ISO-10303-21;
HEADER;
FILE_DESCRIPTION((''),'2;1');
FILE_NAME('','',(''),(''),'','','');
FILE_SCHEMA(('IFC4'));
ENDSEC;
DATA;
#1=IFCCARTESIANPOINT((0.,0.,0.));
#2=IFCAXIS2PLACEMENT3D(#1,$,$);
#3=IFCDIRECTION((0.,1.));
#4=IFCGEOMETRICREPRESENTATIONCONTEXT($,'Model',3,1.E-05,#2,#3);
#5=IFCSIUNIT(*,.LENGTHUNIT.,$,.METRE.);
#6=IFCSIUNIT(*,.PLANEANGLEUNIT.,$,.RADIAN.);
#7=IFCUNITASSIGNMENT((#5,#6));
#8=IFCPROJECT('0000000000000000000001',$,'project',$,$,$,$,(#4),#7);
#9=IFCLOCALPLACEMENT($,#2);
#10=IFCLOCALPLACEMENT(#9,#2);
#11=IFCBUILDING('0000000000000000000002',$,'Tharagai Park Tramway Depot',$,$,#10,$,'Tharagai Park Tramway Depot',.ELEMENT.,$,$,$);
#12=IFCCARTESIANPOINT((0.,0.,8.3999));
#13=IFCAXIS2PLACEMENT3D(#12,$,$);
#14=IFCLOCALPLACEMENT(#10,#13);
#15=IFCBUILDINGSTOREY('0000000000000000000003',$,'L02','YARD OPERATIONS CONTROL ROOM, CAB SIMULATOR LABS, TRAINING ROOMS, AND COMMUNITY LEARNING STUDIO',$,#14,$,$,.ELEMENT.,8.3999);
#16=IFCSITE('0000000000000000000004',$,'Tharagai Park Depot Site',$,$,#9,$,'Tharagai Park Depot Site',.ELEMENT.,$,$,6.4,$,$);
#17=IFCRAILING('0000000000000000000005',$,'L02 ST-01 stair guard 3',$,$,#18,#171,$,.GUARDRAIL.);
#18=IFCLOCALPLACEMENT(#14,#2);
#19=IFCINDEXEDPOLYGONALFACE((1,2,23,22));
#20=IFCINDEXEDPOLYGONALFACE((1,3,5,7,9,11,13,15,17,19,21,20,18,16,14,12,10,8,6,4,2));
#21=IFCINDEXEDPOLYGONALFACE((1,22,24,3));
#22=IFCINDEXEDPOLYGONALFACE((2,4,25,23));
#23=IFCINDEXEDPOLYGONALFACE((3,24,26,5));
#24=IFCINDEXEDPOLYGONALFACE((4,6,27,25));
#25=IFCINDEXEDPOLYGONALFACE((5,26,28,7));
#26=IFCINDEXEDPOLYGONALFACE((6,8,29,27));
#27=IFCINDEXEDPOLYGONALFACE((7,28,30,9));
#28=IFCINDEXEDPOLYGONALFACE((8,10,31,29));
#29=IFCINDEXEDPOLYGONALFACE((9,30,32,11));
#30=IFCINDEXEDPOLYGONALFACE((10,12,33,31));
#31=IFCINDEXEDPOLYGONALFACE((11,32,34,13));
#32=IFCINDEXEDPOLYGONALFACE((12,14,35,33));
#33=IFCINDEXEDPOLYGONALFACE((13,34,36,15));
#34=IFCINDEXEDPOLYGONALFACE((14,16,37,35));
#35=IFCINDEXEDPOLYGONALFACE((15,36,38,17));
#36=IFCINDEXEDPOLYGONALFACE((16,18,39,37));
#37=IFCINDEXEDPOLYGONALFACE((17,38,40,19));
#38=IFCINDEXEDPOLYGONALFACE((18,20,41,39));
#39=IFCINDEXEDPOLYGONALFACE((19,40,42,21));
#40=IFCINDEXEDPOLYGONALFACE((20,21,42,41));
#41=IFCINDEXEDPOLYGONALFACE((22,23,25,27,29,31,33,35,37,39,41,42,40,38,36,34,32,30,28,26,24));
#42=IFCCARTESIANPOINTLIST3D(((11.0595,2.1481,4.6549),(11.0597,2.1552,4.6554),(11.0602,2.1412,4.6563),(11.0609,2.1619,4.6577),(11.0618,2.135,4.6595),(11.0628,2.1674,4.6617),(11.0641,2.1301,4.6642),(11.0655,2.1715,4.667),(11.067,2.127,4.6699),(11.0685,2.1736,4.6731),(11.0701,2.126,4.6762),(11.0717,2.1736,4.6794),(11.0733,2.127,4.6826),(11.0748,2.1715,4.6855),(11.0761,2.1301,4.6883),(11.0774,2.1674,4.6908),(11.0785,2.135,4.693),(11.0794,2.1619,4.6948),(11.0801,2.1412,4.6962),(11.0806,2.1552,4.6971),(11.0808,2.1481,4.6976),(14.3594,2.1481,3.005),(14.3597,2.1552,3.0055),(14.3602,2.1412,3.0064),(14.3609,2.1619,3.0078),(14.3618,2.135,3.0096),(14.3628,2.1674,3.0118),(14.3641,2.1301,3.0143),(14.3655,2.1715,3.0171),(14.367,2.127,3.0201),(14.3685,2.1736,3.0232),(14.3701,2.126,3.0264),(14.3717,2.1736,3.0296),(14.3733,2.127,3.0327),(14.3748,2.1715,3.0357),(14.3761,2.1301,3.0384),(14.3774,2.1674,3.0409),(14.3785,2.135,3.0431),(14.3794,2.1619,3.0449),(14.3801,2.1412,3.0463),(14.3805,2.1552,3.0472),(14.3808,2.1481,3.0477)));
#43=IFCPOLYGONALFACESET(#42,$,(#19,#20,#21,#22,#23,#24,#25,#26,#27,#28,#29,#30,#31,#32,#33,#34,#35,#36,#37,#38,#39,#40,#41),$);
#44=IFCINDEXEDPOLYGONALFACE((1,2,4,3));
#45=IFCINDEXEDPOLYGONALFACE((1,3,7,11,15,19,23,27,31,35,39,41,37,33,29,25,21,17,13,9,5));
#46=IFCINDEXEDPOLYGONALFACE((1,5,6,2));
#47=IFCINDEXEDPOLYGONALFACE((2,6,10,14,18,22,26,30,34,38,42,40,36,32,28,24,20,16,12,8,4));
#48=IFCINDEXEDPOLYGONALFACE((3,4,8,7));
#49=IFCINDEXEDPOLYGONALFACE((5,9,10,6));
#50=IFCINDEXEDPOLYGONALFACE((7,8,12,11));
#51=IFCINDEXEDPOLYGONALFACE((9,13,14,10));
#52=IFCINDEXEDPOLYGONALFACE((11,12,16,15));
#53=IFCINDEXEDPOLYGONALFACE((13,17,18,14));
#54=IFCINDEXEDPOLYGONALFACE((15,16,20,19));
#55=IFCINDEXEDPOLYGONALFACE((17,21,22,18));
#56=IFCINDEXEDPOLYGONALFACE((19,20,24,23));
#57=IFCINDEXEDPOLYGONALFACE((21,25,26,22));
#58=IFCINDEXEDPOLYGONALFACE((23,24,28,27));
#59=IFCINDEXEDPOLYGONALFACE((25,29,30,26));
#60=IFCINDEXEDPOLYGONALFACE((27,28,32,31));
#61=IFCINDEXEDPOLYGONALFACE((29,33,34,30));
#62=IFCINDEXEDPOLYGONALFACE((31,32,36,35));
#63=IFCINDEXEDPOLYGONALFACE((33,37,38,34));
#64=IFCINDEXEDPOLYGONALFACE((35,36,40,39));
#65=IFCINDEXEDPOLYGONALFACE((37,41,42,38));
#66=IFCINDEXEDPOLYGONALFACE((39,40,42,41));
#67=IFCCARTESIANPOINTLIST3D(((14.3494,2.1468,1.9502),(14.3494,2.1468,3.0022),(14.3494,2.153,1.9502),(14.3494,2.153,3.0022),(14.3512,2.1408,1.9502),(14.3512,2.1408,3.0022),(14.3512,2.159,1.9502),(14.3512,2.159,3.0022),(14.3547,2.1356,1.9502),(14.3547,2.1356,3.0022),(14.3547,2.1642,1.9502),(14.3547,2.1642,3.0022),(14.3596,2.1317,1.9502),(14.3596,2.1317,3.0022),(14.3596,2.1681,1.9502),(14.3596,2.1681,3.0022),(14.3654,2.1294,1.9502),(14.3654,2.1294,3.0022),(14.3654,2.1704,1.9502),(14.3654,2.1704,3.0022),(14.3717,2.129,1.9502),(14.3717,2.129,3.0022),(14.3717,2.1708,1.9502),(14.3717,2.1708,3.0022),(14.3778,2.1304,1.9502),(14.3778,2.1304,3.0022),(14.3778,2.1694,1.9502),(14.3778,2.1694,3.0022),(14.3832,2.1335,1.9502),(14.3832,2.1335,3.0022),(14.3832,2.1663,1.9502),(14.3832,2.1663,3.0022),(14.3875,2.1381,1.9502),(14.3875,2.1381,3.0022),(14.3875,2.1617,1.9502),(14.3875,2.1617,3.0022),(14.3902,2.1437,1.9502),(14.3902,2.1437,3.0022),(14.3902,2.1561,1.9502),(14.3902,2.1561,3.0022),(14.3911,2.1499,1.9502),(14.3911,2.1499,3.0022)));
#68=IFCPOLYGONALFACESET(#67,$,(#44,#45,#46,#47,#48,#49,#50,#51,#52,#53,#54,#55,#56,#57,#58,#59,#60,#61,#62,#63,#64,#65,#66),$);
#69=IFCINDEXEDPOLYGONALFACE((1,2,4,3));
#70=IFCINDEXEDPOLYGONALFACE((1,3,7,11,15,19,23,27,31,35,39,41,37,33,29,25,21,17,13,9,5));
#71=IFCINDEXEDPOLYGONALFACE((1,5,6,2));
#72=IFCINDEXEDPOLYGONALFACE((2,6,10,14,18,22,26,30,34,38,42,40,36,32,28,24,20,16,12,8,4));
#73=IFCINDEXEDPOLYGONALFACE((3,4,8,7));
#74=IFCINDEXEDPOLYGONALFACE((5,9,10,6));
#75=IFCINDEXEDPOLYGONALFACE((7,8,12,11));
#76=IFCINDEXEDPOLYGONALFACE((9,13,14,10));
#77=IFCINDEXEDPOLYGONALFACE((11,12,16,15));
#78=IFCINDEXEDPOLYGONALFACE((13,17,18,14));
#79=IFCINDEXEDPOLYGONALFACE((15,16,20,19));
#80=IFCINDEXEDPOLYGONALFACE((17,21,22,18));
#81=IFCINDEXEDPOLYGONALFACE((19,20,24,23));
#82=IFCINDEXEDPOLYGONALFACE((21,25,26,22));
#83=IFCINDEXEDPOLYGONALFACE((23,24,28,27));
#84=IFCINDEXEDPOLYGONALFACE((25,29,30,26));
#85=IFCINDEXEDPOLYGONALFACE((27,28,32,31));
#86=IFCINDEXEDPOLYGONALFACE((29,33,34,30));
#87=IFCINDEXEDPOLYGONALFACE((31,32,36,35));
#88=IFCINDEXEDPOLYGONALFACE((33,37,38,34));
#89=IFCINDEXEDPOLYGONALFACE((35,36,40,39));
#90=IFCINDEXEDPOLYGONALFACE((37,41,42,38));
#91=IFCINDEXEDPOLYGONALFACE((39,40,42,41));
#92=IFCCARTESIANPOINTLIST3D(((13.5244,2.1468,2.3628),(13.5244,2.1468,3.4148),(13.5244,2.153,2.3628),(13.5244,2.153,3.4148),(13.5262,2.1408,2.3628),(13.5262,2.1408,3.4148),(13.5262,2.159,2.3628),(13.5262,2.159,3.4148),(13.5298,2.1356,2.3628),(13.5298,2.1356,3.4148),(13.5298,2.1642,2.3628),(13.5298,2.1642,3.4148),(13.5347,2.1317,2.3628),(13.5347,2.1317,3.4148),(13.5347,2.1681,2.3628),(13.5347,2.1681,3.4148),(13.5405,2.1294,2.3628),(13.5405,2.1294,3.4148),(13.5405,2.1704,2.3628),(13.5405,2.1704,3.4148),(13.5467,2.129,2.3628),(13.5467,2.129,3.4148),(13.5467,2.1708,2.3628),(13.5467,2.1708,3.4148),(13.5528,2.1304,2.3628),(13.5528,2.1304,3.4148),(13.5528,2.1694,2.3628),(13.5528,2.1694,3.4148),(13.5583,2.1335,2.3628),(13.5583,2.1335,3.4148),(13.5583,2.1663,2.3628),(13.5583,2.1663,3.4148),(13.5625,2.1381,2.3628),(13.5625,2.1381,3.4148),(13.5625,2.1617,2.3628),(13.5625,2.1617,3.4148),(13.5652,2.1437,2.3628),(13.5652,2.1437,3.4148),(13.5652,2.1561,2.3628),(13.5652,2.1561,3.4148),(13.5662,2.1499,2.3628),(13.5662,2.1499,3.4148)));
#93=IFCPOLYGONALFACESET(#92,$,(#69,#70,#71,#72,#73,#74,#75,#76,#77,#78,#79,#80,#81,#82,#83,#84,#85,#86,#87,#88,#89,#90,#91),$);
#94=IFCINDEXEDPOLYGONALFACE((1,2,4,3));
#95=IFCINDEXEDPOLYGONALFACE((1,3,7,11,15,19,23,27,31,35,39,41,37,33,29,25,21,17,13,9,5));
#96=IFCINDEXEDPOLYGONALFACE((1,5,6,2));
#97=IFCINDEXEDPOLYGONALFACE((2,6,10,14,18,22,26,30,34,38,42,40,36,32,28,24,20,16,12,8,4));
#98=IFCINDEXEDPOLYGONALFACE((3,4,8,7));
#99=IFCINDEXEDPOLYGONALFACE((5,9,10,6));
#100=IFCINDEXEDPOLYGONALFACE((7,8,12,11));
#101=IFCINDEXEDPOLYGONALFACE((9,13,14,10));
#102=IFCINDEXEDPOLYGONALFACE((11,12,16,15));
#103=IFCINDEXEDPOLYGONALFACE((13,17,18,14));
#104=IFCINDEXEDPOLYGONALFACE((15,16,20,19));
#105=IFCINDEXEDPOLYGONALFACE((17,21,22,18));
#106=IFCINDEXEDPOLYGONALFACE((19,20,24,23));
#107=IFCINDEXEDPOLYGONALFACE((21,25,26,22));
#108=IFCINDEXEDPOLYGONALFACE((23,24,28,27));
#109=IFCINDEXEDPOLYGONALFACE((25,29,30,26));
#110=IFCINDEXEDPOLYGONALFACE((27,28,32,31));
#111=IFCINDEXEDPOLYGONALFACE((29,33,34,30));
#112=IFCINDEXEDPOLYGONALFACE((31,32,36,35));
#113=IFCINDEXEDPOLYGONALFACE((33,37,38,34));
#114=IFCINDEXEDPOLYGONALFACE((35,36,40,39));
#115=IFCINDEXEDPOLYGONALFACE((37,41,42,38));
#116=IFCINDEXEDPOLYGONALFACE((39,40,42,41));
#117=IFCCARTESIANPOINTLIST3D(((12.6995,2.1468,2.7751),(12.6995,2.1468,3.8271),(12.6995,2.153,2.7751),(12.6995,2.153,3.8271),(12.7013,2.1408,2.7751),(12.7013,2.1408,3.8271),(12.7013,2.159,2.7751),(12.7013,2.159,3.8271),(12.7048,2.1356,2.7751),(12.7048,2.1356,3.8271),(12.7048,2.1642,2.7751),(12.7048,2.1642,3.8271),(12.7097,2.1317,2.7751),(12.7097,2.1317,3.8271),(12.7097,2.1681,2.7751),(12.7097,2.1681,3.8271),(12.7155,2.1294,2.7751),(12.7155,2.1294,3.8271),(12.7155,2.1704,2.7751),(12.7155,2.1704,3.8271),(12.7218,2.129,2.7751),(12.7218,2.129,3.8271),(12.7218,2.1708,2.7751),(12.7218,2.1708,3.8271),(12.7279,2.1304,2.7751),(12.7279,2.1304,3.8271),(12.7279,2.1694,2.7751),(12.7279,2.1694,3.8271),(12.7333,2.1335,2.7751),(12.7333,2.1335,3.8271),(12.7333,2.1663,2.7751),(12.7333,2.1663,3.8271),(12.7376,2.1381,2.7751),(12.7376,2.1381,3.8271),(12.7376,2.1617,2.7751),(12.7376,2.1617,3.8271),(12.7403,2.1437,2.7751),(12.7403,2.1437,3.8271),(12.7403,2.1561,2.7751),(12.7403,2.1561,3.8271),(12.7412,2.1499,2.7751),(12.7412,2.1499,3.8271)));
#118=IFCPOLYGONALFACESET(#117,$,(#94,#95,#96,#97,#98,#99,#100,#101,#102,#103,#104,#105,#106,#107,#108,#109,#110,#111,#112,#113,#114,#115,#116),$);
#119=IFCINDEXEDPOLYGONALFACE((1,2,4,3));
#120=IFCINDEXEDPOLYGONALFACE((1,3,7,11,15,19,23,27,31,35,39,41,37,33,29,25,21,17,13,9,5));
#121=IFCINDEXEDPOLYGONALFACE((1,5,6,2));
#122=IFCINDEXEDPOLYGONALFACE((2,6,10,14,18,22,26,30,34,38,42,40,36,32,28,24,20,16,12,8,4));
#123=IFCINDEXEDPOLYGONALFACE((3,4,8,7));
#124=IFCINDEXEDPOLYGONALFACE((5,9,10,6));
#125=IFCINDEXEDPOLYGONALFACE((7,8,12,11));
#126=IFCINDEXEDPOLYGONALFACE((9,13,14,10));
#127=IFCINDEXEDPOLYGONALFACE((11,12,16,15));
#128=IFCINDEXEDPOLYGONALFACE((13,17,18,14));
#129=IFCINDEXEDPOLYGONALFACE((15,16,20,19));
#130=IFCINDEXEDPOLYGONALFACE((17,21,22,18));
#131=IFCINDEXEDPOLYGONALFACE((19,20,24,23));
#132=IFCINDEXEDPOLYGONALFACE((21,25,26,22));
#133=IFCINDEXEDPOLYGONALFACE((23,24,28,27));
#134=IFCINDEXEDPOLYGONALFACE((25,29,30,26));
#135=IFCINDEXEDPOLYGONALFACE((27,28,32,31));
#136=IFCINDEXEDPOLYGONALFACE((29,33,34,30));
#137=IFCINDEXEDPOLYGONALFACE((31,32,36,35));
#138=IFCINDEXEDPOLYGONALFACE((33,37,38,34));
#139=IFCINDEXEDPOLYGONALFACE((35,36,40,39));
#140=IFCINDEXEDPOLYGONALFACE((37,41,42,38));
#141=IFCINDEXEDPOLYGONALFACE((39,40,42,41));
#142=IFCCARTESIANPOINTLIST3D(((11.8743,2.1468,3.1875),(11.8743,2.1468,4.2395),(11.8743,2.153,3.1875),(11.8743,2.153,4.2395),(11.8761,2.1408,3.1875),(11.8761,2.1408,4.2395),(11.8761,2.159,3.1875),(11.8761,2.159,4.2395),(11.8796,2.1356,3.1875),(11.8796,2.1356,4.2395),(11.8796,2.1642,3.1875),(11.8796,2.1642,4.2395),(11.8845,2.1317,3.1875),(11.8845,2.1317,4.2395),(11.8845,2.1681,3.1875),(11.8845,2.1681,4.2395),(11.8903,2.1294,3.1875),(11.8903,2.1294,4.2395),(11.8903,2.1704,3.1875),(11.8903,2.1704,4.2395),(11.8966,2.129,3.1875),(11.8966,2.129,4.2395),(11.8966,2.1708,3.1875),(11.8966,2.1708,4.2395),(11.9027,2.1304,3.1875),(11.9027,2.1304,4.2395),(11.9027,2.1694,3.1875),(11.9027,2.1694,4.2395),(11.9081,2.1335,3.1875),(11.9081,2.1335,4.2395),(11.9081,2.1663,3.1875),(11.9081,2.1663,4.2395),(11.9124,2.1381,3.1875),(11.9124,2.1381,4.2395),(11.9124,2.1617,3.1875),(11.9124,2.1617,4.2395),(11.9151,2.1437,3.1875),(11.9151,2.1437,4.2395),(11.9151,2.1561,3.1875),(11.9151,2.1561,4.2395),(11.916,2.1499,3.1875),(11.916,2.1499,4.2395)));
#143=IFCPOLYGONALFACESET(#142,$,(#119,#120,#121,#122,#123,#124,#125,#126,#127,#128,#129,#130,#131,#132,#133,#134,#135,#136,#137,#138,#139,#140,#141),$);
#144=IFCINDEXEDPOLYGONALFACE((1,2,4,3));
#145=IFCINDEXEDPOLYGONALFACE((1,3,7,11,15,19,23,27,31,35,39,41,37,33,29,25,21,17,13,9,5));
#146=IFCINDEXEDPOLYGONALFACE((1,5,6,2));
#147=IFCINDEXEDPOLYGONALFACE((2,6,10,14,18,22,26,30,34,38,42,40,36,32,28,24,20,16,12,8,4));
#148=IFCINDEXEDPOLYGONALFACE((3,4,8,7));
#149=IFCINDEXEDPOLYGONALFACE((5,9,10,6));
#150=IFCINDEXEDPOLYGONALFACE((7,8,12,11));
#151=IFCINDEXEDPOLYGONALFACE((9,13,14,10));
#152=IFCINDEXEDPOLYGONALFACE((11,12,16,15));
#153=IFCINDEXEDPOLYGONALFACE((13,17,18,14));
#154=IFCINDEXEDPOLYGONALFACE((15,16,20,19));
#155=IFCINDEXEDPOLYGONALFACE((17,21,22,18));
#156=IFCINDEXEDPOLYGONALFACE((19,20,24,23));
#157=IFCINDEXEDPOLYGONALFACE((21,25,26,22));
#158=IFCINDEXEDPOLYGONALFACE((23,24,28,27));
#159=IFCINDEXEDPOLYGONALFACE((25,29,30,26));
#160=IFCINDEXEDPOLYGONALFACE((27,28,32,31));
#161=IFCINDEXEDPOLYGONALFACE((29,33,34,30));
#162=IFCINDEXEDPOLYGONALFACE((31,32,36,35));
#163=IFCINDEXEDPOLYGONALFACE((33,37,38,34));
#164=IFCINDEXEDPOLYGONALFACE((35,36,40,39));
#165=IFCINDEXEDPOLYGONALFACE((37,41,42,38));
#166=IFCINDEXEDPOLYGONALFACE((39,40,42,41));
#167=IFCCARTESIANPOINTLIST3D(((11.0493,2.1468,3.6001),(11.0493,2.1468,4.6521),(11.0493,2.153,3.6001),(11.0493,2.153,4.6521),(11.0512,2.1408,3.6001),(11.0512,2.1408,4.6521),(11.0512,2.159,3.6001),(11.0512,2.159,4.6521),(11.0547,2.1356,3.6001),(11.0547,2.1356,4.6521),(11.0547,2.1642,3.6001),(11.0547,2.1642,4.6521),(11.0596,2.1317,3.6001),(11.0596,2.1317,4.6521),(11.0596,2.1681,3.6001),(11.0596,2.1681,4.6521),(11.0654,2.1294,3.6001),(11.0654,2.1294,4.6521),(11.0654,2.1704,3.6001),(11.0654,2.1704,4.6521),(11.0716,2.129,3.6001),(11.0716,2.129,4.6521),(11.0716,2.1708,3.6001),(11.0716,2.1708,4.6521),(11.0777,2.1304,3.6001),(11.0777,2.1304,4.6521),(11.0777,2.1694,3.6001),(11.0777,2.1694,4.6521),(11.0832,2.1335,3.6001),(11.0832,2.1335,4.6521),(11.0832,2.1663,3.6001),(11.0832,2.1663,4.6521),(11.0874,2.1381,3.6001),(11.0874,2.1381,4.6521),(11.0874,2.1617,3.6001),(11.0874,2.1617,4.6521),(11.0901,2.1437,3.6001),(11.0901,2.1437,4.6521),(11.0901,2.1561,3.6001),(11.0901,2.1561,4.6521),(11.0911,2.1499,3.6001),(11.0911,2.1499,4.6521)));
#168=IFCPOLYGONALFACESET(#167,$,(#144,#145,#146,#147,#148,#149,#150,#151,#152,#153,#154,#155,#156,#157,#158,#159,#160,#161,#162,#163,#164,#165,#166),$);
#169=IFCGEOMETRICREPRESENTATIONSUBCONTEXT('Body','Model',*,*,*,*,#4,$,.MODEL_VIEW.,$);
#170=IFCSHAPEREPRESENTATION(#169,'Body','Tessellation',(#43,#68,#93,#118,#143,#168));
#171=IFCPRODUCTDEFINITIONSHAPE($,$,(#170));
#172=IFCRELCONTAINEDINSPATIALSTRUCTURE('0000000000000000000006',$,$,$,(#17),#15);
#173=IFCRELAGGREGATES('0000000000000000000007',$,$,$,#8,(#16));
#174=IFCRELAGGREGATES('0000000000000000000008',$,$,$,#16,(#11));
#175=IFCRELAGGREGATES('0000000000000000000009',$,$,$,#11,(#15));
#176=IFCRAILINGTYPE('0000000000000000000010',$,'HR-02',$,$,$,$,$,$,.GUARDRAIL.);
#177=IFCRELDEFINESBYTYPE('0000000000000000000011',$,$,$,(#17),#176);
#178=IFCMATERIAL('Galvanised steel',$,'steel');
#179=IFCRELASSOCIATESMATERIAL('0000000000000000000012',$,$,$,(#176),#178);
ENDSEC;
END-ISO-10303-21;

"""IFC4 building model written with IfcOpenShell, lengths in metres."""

from ifc_helpers import new_model, si_unit, direction, frame, origin, origin_2d, place, context, subcontext, project, spatial, circle, extrude, material, type_object, element, save


model = new_model("IFC4")

# Units and contexts
model_context = context("Model", 3, precision=1e-05, world=origin(), true_north=direction((0.0, 1.0)))
body_context = subcontext(model_context, "Body", "Model", "MODEL_VIEW")
ifc_project = project(units=[si_unit("LENGTHUNIT", "METRE"), si_unit("PLANEANGLEUNIT", "RADIAN")], contexts=[model_context])

# Site, building, storey
site_placement = place(None, origin())
site = spatial("IfcSite", under=ifc_project, at=site_placement, Name="Tharagai Park Depot Site", LongName="Tharagai Park Depot Site", CompositionType="ELEMENT", RefElevation=6.4)
building_placement = place(site_placement, origin())
building = spatial("IfcBuilding", under=site, at=building_placement, Name="Tharagai Park Tramway Depot", LongName="Tharagai Park Tramway Depot", CompositionType="ELEMENT")
storey_placement = place(building_placement, frame((0.0, 0.0, 8.3999)))
storey = spatial("IfcBuildingStorey", under=building, at=storey_placement, Name="L02", Description="YARD OPERATIONS CONTROL ROOM, CAB SIMULATOR LABS, TRAINING ROOMS, AND COMMUNITY LEARNING STUDIO", CompositionType="ELEMENT", Elevation=8.3999)

# Shared definitions
ifc_material_1 = material(Name="Galvanised steel", Category="steel")

# Railing
railing_type_1 = type_object("IfcRailingType", Name="HR-02", PredefinedType="GUARDRAIL", material=ifc_material_1)
railing_1_placement = place(storey_placement, frame((14.3701, 2.1499, 1.9502)))
element("IfcRailing", 1, at=railing_1_placement, inside=storey, type_object=railing_type_1, Name="L02 ST-01 stair guard 3", PredefinedType="GUARDRAIL", context=body_context, shape_type="SweptSolid", body=[
    extrude(circle(Radius=0.0239, at=origin_2d()), frame((0.0, 0.0, 1.0762), z_axis=(-0.89444, 0.0, 0.447187), x_axis=(0.0, -1.0, 0.0)), (0.0, 0.0, 1.0), 3.6895),
    extrude(circle(Radius=0.021, at=origin_2d()), origin(), (0.0, 0.0, 1.0), 1.052),
    extrude(circle(Radius=0.021, at=origin_2d()), frame((-0.825, 0.0, 0.4126)), (0.0, 0.0, 1.0), 1.052),
    extrude(circle(Radius=0.021, at=origin_2d()), frame((-1.6499, 0.0, 0.825)), (0.0, 0.0, 1.0), 1.052),
    extrude(circle(Radius=0.021, at=origin_2d()), frame((-2.4751, 0.0, 1.2373)), (0.0, 0.0, 1.0), 1.052),
    extrude(circle(Radius=0.021, at=origin_2d()), frame((-3.3, 0.0, 1.6499)), (0.0, 0.0, 1.0), 1.052),
])

save(model, "model.ifc")
